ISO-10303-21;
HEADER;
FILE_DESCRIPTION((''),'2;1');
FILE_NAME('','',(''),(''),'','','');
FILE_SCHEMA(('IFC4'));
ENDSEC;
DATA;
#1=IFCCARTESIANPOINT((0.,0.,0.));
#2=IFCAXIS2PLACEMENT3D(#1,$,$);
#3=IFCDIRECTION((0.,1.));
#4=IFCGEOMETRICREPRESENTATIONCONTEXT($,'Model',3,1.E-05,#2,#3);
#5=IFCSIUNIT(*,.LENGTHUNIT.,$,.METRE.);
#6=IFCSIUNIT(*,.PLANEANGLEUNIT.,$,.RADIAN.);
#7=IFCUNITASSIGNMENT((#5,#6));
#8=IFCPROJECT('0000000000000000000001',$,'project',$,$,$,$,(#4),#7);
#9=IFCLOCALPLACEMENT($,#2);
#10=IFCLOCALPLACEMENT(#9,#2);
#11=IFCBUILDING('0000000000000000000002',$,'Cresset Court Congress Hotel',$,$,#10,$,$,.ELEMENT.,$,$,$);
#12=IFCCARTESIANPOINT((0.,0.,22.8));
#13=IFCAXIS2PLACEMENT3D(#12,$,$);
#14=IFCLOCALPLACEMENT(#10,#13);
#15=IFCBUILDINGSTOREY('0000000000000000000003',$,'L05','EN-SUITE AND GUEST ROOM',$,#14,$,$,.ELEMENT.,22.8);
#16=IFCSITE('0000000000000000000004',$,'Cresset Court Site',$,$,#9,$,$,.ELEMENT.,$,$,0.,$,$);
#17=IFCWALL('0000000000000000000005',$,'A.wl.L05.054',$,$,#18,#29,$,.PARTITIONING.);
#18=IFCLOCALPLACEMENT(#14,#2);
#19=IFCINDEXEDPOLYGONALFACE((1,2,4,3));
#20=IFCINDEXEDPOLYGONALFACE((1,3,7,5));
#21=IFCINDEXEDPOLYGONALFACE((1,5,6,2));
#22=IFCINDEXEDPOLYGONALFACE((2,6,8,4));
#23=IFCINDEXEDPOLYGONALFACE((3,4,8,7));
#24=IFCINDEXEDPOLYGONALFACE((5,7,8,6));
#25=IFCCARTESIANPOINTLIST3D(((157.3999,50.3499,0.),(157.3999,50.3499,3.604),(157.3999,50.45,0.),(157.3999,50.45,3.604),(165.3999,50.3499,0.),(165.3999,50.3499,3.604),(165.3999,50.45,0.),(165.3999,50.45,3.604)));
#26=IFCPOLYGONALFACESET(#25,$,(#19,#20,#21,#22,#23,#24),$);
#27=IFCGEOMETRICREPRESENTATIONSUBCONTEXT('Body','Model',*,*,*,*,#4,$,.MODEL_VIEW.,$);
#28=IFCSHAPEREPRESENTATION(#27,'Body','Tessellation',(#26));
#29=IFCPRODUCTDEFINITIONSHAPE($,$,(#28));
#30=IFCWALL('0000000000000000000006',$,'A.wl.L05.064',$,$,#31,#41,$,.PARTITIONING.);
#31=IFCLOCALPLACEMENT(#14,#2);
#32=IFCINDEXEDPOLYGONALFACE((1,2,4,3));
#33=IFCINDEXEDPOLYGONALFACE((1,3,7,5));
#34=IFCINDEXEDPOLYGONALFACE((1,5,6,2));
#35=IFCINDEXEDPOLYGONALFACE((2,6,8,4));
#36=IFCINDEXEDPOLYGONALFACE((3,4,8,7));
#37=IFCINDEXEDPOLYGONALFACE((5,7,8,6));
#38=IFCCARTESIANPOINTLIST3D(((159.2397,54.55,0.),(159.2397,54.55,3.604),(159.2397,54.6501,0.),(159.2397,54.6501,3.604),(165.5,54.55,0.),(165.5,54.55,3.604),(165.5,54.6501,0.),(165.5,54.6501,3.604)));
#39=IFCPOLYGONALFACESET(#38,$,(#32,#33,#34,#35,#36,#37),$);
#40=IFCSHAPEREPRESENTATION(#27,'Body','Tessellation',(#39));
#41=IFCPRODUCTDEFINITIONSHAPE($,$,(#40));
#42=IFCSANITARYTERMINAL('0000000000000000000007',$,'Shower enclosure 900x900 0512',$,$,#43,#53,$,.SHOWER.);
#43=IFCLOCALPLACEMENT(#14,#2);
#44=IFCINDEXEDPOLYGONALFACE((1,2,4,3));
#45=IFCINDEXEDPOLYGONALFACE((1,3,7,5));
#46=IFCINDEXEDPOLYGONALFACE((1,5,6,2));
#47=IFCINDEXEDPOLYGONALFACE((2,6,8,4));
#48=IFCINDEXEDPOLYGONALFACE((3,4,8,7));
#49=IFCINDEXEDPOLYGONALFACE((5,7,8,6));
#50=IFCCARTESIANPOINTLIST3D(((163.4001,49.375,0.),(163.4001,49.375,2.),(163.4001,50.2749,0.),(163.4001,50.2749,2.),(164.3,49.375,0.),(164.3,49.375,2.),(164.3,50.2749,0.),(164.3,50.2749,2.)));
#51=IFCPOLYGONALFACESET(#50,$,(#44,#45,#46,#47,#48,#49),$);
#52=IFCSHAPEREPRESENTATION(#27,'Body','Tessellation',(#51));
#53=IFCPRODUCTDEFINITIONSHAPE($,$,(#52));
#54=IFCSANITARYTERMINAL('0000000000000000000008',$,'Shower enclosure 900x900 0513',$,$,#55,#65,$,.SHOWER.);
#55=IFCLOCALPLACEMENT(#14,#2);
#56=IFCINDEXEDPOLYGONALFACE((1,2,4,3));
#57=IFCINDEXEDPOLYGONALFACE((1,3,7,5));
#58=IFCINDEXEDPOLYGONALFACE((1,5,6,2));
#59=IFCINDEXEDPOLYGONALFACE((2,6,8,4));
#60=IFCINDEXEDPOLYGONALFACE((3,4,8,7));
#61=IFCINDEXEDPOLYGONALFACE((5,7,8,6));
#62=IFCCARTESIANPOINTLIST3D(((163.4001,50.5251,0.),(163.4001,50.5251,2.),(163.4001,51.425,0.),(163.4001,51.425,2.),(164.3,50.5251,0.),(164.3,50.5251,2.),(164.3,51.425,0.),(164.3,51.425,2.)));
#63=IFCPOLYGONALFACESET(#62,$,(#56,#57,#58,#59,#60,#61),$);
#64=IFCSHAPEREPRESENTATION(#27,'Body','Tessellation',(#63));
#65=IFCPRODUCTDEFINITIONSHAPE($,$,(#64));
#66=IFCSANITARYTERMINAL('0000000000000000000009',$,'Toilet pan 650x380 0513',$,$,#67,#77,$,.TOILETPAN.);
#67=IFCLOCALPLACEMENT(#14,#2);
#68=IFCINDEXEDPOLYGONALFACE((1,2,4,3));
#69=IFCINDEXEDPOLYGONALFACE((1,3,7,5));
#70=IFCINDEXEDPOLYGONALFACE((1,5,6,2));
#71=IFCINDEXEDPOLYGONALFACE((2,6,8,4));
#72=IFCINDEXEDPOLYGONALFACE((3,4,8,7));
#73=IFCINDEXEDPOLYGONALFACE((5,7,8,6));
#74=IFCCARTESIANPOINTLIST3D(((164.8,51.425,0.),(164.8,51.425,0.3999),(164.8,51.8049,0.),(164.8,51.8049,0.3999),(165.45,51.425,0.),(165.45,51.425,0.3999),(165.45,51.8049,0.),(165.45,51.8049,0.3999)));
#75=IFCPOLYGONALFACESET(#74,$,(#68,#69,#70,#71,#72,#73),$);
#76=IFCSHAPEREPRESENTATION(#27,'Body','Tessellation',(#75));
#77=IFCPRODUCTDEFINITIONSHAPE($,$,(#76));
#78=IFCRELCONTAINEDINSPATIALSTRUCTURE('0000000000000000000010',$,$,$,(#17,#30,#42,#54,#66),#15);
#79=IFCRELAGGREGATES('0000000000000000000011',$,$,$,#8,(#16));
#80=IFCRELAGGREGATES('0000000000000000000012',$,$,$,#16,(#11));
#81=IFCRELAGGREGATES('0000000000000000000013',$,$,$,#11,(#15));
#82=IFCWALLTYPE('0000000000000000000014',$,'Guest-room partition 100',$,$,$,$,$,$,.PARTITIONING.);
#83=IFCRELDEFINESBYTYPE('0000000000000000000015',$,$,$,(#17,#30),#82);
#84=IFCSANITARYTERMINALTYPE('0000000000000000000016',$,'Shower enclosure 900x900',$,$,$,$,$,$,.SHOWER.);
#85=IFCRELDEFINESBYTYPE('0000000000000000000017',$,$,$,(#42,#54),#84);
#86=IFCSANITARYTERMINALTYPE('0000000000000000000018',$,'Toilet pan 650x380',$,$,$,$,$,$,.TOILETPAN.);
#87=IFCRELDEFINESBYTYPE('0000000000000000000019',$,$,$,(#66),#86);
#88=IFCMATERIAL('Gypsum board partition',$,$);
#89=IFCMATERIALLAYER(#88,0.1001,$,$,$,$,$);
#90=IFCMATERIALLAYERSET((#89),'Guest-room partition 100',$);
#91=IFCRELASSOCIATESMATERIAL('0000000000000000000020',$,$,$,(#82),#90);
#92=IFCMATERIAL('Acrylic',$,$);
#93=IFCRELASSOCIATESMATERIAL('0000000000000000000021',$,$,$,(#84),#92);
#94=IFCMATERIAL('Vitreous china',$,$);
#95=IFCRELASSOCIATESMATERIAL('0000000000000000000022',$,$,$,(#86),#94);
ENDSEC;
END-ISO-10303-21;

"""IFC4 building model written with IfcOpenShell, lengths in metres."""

from ifc_helpers import new_model, si_unit, direction, frame, frame_2d, origin, origin_2d, place, context, subcontext, project, spatial, rectangle, extrude, material, layer, layer_set, type_object, element, save


model = new_model("IFC4")

# Units and contexts
model_context = context("Model", 3, precision=1e-05, world=origin(), true_north=direction((0.0, 1.0)))
body_context = subcontext(model_context, "Body", "Model", "MODEL_VIEW")
ifc_project = project(units=[si_unit("LENGTHUNIT", "METRE"), si_unit("PLANEANGLEUNIT", "RADIAN")], contexts=[model_context])

# Site, building, storey
site_placement = place(None, origin())
site = spatial("IfcSite", under=ifc_project, at=site_placement, Name="Cresset Court Site", CompositionType="ELEMENT", RefElevation=0.0)
building_placement = place(site_placement, origin())
building = spatial("IfcBuilding", under=site, at=building_placement, Name="Cresset Court Congress Hotel", CompositionType="ELEMENT")
storey_placement = place(building_placement, frame((0.0, 0.0, 22.8)))
storey = spatial("IfcBuildingStorey", under=building, at=storey_placement, Name="L05", Description="EN-SUITE AND GUEST ROOM", CompositionType="ELEMENT", Elevation=22.8)

# Walls
ifc_material_1 = material(Name="Gypsum board partition")
ifc_layer_1 = layer(ifc_material_1, 0.1001)
ifc_layer_set_1 = layer_set([ifc_layer_1], Name="Guest-room partition 100")
wall_type_1 = type_object("IfcWallType", Name="Guest-room partition 100", PredefinedType="PARTITIONING", material=ifc_layer_set_1)
wall_1_placement = place(storey_placement, frame((157.3999, 50.3999, 0.0), z_axis=(0.0, 0.0, 1.0), x_axis=(1.0, 0.0, 0.0)))
element("IfcWall", 1, at=wall_1_placement, inside=storey, type_object=wall_type_1, Name="A.wl.L05.054", PredefinedType="PARTITIONING", context=body_context, shape_type="SweptSolid", body=[
    extrude(rectangle(XDim=8.0, YDim=0.1001, at=frame_2d((4.0, 0.0))), origin(), (0.0, 0.0, 1.0), 3.604),
])
wall_2_placement = place(storey_placement, frame((159.2397, 54.6001, 0.0), z_axis=(0.0, 0.0, 1.0), x_axis=(1.0, 0.0, 0.0)))
element("IfcWall", 2, at=wall_2_placement, inside=storey, type_object=wall_type_1, Name="A.wl.L05.064", PredefinedType="PARTITIONING", context=body_context, shape_type="SweptSolid", body=[
    extrude(rectangle(XDim=6.2603, YDim=0.1001, at=frame_2d((3.1301, 0.0))), origin(), (0.0, 0.0, 1.0), 3.604),
])

# Sanitary terminals
ifc_material_2 = material(Name="Acrylic")
sanitary_terminal_type_1 = type_object("IfcSanitaryTerminalType", Name="Shower enclosure 900x900", PredefinedType="SHOWER", material=ifc_material_2)
for number, where, z_axis, x_axis, name in (
    (3, (163.8501, 49.825, 0.0), (0.0, 0.0, 1.0), (1.0, 0.0, 0.0), "Shower enclosure 900x900 0512"),
    (4, (163.8501, 50.9751, 0.0), (0.0, 0.0, 1.0), (1.0, 0.0, 0.0), "Shower enclosure 900x900 0513"),
):
    element("IfcSanitaryTerminal", number, at=place(storey_placement, frame(where, z_axis=z_axis, x_axis=x_axis)), inside=storey, type_object=sanitary_terminal_type_1, Name=name, PredefinedType="SHOWER", context=body_context, shape_type="SweptSolid", body=[
        extrude(rectangle(XDim=0.8999, YDim=0.8999, at=origin_2d()), origin(), (0.0, 0.0, 1.0), 2.0),
    ])
ifc_material_3 = material(Name="Vitreous china")
sanitary_terminal_type_2 = type_object("IfcSanitaryTerminalType", Name="Toilet pan 650x380", PredefinedType="TOILETPAN", material=ifc_material_3)
sanitary_terminal_placement = place(storey_placement, frame((165.125, 51.615, 0.0), z_axis=(0.0, 0.0, 1.0), x_axis=(1.0, 0.0, 0.0)))
element("IfcSanitaryTerminal", 5, at=sanitary_terminal_placement, inside=storey, type_object=sanitary_terminal_type_2, Name="Toilet pan 650x380 0513", PredefinedType="TOILETPAN", context=body_context, shape_type="SweptSolid", body=[
    extrude(rectangle(XDim=0.6499, YDim=0.3799, at=origin_2d()), origin(), (0.0, 0.0, 1.0), 0.3999),
])

save(model, "model.ifc")
